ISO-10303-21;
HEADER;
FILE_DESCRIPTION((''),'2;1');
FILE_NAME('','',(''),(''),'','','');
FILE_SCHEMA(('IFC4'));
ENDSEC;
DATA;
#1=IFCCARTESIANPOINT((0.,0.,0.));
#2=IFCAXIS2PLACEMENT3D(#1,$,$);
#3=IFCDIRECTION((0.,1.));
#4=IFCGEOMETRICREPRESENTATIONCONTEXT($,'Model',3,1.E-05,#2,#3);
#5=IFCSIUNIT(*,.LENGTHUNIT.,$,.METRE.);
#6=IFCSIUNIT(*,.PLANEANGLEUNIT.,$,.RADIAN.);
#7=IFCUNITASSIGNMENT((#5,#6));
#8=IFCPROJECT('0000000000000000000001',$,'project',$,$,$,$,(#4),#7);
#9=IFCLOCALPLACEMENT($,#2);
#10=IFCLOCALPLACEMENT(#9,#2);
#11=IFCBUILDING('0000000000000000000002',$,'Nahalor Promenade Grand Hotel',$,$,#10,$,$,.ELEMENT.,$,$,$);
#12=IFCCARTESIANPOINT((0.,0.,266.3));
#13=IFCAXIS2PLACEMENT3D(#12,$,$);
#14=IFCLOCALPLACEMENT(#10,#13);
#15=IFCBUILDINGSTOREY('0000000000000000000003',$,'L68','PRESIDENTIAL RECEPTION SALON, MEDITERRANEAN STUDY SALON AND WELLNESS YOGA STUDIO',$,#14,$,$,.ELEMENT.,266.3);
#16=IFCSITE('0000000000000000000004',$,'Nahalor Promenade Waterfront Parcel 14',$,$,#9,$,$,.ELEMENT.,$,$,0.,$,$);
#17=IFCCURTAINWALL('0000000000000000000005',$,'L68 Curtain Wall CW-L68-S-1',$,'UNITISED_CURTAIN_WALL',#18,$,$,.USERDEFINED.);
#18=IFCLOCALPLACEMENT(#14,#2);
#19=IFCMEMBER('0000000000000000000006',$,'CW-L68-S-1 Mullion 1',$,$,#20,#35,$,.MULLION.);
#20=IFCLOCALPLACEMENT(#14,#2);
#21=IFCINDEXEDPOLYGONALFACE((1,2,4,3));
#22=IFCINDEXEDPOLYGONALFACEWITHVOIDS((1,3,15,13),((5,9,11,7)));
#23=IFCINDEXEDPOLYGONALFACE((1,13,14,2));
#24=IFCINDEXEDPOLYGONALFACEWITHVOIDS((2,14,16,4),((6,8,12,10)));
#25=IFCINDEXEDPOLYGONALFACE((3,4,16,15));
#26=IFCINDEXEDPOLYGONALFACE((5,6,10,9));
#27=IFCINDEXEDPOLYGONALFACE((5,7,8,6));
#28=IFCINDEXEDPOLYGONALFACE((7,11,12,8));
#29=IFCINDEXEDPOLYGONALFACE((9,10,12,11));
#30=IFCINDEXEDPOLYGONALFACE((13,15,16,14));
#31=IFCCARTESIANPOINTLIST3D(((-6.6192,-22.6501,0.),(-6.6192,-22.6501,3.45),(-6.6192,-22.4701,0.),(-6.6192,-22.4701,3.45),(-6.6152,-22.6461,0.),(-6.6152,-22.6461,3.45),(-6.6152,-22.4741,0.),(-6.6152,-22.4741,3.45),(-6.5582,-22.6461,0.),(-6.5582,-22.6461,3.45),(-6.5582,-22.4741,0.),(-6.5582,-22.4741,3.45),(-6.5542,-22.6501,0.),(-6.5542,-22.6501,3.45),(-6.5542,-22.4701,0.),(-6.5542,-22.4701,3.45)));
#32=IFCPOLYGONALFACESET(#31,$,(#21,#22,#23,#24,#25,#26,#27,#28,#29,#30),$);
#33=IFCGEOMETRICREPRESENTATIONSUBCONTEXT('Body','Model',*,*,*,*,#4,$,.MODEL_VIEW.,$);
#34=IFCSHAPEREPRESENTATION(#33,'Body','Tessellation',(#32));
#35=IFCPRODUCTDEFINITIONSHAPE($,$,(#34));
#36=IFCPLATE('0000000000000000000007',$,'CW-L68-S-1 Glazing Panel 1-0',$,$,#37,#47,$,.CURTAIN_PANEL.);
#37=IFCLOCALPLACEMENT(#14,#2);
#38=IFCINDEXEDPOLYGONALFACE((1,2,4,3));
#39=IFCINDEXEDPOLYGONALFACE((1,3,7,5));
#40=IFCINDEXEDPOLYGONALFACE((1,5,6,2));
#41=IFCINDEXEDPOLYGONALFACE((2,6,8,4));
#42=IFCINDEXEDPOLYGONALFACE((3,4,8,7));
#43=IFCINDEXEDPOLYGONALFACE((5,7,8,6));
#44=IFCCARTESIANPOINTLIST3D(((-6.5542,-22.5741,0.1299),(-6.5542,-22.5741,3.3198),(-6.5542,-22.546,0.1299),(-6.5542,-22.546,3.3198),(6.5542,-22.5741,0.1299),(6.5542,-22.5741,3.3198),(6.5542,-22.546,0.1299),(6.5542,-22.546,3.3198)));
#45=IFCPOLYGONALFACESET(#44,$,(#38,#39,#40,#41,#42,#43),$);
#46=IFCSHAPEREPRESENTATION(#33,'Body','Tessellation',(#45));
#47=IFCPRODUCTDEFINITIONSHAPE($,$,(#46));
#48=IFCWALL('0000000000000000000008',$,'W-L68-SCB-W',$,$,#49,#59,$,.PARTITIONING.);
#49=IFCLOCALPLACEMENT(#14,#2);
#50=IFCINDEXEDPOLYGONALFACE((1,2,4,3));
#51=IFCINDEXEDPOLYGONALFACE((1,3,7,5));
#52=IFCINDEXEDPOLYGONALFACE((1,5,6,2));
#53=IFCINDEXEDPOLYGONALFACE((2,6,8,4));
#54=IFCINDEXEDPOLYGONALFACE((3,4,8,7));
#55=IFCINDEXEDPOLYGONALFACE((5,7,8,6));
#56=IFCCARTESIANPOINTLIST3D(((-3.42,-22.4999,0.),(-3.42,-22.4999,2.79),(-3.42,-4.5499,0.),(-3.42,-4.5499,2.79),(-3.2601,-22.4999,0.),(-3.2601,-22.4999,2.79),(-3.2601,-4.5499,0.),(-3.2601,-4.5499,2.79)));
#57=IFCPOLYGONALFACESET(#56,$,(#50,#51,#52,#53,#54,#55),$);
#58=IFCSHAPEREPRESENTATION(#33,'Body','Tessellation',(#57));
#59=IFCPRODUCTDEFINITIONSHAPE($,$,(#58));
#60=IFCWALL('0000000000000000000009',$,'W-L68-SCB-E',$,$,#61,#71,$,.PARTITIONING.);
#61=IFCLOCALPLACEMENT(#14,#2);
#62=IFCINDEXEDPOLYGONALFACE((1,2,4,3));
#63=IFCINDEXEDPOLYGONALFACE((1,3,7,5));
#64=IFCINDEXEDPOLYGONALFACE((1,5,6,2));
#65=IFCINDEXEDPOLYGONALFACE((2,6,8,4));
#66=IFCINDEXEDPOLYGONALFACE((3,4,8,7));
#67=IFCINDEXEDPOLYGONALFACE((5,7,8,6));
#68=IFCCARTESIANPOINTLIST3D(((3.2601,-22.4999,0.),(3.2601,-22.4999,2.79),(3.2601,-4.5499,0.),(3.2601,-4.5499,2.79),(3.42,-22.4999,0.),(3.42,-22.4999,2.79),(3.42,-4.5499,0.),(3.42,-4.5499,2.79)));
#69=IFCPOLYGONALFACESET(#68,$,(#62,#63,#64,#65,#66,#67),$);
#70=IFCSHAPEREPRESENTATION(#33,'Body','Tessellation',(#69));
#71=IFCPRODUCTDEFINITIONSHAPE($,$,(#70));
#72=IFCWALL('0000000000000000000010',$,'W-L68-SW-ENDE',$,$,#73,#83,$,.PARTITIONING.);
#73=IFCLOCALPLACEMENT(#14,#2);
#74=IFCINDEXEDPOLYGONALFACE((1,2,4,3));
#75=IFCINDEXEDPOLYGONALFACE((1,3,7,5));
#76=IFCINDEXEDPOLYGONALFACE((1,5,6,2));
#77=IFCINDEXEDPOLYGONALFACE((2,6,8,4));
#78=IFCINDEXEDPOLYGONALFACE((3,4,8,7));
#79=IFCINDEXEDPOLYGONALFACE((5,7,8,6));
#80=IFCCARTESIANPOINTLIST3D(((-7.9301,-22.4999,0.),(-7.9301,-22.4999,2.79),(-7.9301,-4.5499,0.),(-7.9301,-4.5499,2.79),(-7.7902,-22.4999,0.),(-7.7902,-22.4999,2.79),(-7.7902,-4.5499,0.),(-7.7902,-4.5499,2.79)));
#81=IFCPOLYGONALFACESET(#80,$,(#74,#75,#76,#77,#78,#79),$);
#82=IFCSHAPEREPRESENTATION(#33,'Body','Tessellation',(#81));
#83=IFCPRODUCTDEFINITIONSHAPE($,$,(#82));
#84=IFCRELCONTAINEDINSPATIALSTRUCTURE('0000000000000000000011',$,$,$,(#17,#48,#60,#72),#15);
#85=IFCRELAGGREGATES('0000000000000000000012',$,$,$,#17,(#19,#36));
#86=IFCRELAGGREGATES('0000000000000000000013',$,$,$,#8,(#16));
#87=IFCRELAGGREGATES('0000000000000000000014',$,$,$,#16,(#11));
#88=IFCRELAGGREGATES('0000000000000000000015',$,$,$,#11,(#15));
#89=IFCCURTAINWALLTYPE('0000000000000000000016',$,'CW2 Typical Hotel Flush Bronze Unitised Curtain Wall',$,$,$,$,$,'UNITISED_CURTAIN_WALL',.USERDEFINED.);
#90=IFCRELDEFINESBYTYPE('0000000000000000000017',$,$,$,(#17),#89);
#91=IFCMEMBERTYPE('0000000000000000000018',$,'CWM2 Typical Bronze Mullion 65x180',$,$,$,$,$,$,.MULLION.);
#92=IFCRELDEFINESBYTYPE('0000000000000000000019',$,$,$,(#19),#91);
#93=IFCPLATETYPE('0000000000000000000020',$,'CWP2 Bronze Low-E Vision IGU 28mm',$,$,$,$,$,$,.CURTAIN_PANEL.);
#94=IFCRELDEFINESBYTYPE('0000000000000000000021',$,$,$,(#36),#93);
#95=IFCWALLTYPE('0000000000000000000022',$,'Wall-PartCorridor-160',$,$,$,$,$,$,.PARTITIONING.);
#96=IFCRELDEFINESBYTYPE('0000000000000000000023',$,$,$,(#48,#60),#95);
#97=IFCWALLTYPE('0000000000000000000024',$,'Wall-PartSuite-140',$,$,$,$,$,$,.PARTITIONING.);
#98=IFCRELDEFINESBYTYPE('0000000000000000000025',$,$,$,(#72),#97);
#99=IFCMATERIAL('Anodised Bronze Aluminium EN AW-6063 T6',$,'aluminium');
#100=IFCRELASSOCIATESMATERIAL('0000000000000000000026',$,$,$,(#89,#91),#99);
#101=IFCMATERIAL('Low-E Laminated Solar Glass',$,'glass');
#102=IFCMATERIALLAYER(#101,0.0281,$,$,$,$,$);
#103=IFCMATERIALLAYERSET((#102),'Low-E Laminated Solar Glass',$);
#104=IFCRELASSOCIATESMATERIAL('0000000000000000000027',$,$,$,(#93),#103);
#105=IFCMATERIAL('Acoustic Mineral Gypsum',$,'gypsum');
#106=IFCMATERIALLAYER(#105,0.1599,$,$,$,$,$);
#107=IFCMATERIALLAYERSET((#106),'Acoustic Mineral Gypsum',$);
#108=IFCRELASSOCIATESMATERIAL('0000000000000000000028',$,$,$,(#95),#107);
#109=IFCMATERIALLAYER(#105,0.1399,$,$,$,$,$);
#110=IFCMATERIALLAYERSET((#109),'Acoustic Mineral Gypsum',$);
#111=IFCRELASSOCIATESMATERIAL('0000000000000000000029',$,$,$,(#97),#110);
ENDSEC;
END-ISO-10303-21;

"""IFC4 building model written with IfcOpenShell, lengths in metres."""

from ifc_helpers import new_model, si_unit, direction, frame, frame_2d, origin, origin_2d, place, context, subcontext, project, spatial, rectangle, hollow_rectangle, extrude, source, transform, mapped, material, layer, layer_set, material_profile, profile_set, type_object, element, aggregate, save


model = new_model("IFC4")

# Units and contexts
model_context = context("Model", 3, precision=1e-05, world=origin(), true_north=direction((0.0, 1.0)))
body_context = subcontext(model_context, "Body", "Model", "MODEL_VIEW")
ifc_project = project(units=[si_unit("LENGTHUNIT", "METRE"), si_unit("PLANEANGLEUNIT", "RADIAN")], contexts=[model_context])

# Site, building, storey
site_placement = place(None, origin())
site = spatial("IfcSite", under=ifc_project, at=site_placement, Name="Nahalor Promenade Waterfront Parcel 14", CompositionType="ELEMENT", RefElevation=0.0)
building_placement = place(site_placement, origin())
building = spatial("IfcBuilding", under=site, at=building_placement, Name="Nahalor Promenade Grand Hotel", CompositionType="ELEMENT")
storey_placement = place(building_placement, frame((0.0, 0.0, 266.3)))
storey = spatial("IfcBuildingStorey", under=building, at=storey_placement, Name="L68", Description="PRESIDENTIAL RECEPTION SALON, MEDITERRANEAN STUDY SALON AND WELLNESS YOGA STUDIO", CompositionType="ELEMENT", Elevation=266.3)

# Curtain wall, member, plate
ifc_material_1 = material(Name="Anodised Bronze Aluminium EN AW-6063 T6", Category="aluminium")
curtain_wall_type = type_object("IfcCurtainWallType", Name="CW2 Typical Hotel Flush Bronze Unitised Curtain Wall", ElementType="UNITISED_CURTAIN_WALL", PredefinedType="USERDEFINED", material=ifc_material_1)
curtain_wall_placement = place(storey_placement, origin())
curtain_wall = element("IfcCurtainWall", 1, at=curtain_wall_placement, inside=storey, type_object=curtain_wall_type, Name="L68 Curtain Wall CW-L68-S-1", ObjectType="UNITISED_CURTAIN_WALL", PredefinedType="USERDEFINED")
ifc_material_profile_1 = material_profile(ifc_material_1, hollow_rectangle(XDim=0.065, YDim=0.18, WallThickness=0.004, at=origin_2d()), Name="CWM 65x180x4")
ifc_profile_set_1 = profile_set([ifc_material_profile_1], Name="Anodised Bronze Aluminium EN AW-6063 T6")
member_type_1 = type_object("IfcMemberType", Name="CWM2 Typical Bronze Mullion 65x180", PredefinedType="MULLION", material=ifc_profile_set_1)
shared_shape_1 = source(origin(), body_context, "Body", "SweptSolid", [
    extrude(hollow_rectangle(XDim=0.065, YDim=0.18, WallThickness=0.004, at=origin_2d()), origin(), (0.0, 0.0, 1.0), 3.45),
])
member_1_placement = place(storey_placement, frame((-6.5867, -22.5601, 0.0), z_axis=(0.0, 0.0, 1.0), x_axis=(1.0, 0.0, 0.0)))
member_1 = element("IfcMember", 2, at=member_1_placement, type_object=member_type_1, Name="CW-L68-S-1 Mullion 1", PredefinedType="MULLION", context=body_context, shape_type="MappedRepresentation", body=[
    mapped(shared_shape_1, transform((0.0, 0.0, 0.0), scale=1.0)),
])
ifc_material_2 = material(Name="Low-E Laminated Solar Glass", Category="glass")
ifc_layer_1 = layer(ifc_material_2, 0.0281)
ifc_layer_set_1 = layer_set([ifc_layer_1], Name="Low-E Laminated Solar Glass")
plate_type = type_object("IfcPlateType", Name="CWP2 Bronze Low-E Vision IGU 28mm", PredefinedType="CURTAIN_PANEL", material=ifc_layer_set_1)
shared_shape_2 = source(origin(), body_context, "Body", "SweptSolid", [
    extrude(rectangle(XDim=13.1084, YDim=0.0281, at=origin_2d()), origin(), (0.0, 0.0, 1.0), 3.1899),
])
plate_placement = place(storey_placement, frame((0.0, -22.5601, 0.1299), z_axis=(0.0, 0.0, 1.0), x_axis=(1.0, 0.0, 0.0)))
plate = element("IfcPlate", 3, at=plate_placement, type_object=plate_type, Name="CW-L68-S-1 Glazing Panel 1-0", PredefinedType="CURTAIN_PANEL", context=body_context, shape_type="MappedRepresentation", body=[
    mapped(shared_shape_2, transform((0.0, 0.0, 0.0), scale=1.0)),
])
aggregate(curtain_wall, [member_1, plate])

# Walls
ifc_material_3 = material(Name="Acoustic Mineral Gypsum", Category="gypsum")
ifc_layer_2 = layer(ifc_material_3, 0.1599)
ifc_layer_set_2 = layer_set([ifc_layer_2], Name="Acoustic Mineral Gypsum")
wall_type_1 = type_object("IfcWallType", Name="Wall-PartCorridor-160", PredefinedType="PARTITIONING", material=ifc_layer_set_2)
shared_shape_3 = source(origin(), body_context, "Body", "SweptSolid", [
    extrude(rectangle(XDim=17.95, YDim=0.1599, at=frame_2d((8.9751, 0.0))), origin(), (0.0, 0.0, 1.0), 2.79),
])
for number, where, z_axis, x_axis, name in (
    (4, (-3.3401, -22.5, 0.0), (0.0, 0.0, 1.0), (0.0, 1.0, 0.0), "W-L68-SCB-W"),
    (5, (3.3401, -22.5, 0.0), (0.0, 0.0, 1.0), (0.0, 1.0, 0.0), "W-L68-SCB-E"),
):
    element("IfcWall", number, at=place(storey_placement, frame(where, z_axis=z_axis, x_axis=x_axis)), inside=storey, type_object=wall_type_1, Name=name, PredefinedType="PARTITIONING", context=body_context, shape_type="MappedRepresentation", body=[
        mapped(shared_shape_3, transform((0.0, 0.0, 0.0), scale=1.0)),
    ])
ifc_layer_3 = layer(ifc_material_3, 0.1399)
ifc_layer_set_3 = layer_set([ifc_layer_3], Name="Acoustic Mineral Gypsum")
wall_type_2 = type_object("IfcWallType", Name="Wall-PartSuite-140", PredefinedType="PARTITIONING", material=ifc_layer_set_3)
shared_shape_4 = source(origin(), body_context, "Body", "SweptSolid", [
    extrude(rectangle(XDim=17.95, YDim=0.1399, at=frame_2d((8.9751, 0.0))), origin(), (0.0, 0.0, 1.0), 2.79),
])
wall_placement = place(storey_placement, frame((-7.8601, -22.5, 0.0), z_axis=(0.0, 0.0, 1.0), x_axis=(0.0, 1.0, 0.0)))
element("IfcWall", 6, at=wall_placement, inside=storey, type_object=wall_type_2, Name="W-L68-SW-ENDE", PredefinedType="PARTITIONING", context=body_context, shape_type="MappedRepresentation", body=[
    mapped(shared_shape_4, transform((0.0, 0.0, 0.0), scale=1.0)),
])

save(model, "model.ifc")
